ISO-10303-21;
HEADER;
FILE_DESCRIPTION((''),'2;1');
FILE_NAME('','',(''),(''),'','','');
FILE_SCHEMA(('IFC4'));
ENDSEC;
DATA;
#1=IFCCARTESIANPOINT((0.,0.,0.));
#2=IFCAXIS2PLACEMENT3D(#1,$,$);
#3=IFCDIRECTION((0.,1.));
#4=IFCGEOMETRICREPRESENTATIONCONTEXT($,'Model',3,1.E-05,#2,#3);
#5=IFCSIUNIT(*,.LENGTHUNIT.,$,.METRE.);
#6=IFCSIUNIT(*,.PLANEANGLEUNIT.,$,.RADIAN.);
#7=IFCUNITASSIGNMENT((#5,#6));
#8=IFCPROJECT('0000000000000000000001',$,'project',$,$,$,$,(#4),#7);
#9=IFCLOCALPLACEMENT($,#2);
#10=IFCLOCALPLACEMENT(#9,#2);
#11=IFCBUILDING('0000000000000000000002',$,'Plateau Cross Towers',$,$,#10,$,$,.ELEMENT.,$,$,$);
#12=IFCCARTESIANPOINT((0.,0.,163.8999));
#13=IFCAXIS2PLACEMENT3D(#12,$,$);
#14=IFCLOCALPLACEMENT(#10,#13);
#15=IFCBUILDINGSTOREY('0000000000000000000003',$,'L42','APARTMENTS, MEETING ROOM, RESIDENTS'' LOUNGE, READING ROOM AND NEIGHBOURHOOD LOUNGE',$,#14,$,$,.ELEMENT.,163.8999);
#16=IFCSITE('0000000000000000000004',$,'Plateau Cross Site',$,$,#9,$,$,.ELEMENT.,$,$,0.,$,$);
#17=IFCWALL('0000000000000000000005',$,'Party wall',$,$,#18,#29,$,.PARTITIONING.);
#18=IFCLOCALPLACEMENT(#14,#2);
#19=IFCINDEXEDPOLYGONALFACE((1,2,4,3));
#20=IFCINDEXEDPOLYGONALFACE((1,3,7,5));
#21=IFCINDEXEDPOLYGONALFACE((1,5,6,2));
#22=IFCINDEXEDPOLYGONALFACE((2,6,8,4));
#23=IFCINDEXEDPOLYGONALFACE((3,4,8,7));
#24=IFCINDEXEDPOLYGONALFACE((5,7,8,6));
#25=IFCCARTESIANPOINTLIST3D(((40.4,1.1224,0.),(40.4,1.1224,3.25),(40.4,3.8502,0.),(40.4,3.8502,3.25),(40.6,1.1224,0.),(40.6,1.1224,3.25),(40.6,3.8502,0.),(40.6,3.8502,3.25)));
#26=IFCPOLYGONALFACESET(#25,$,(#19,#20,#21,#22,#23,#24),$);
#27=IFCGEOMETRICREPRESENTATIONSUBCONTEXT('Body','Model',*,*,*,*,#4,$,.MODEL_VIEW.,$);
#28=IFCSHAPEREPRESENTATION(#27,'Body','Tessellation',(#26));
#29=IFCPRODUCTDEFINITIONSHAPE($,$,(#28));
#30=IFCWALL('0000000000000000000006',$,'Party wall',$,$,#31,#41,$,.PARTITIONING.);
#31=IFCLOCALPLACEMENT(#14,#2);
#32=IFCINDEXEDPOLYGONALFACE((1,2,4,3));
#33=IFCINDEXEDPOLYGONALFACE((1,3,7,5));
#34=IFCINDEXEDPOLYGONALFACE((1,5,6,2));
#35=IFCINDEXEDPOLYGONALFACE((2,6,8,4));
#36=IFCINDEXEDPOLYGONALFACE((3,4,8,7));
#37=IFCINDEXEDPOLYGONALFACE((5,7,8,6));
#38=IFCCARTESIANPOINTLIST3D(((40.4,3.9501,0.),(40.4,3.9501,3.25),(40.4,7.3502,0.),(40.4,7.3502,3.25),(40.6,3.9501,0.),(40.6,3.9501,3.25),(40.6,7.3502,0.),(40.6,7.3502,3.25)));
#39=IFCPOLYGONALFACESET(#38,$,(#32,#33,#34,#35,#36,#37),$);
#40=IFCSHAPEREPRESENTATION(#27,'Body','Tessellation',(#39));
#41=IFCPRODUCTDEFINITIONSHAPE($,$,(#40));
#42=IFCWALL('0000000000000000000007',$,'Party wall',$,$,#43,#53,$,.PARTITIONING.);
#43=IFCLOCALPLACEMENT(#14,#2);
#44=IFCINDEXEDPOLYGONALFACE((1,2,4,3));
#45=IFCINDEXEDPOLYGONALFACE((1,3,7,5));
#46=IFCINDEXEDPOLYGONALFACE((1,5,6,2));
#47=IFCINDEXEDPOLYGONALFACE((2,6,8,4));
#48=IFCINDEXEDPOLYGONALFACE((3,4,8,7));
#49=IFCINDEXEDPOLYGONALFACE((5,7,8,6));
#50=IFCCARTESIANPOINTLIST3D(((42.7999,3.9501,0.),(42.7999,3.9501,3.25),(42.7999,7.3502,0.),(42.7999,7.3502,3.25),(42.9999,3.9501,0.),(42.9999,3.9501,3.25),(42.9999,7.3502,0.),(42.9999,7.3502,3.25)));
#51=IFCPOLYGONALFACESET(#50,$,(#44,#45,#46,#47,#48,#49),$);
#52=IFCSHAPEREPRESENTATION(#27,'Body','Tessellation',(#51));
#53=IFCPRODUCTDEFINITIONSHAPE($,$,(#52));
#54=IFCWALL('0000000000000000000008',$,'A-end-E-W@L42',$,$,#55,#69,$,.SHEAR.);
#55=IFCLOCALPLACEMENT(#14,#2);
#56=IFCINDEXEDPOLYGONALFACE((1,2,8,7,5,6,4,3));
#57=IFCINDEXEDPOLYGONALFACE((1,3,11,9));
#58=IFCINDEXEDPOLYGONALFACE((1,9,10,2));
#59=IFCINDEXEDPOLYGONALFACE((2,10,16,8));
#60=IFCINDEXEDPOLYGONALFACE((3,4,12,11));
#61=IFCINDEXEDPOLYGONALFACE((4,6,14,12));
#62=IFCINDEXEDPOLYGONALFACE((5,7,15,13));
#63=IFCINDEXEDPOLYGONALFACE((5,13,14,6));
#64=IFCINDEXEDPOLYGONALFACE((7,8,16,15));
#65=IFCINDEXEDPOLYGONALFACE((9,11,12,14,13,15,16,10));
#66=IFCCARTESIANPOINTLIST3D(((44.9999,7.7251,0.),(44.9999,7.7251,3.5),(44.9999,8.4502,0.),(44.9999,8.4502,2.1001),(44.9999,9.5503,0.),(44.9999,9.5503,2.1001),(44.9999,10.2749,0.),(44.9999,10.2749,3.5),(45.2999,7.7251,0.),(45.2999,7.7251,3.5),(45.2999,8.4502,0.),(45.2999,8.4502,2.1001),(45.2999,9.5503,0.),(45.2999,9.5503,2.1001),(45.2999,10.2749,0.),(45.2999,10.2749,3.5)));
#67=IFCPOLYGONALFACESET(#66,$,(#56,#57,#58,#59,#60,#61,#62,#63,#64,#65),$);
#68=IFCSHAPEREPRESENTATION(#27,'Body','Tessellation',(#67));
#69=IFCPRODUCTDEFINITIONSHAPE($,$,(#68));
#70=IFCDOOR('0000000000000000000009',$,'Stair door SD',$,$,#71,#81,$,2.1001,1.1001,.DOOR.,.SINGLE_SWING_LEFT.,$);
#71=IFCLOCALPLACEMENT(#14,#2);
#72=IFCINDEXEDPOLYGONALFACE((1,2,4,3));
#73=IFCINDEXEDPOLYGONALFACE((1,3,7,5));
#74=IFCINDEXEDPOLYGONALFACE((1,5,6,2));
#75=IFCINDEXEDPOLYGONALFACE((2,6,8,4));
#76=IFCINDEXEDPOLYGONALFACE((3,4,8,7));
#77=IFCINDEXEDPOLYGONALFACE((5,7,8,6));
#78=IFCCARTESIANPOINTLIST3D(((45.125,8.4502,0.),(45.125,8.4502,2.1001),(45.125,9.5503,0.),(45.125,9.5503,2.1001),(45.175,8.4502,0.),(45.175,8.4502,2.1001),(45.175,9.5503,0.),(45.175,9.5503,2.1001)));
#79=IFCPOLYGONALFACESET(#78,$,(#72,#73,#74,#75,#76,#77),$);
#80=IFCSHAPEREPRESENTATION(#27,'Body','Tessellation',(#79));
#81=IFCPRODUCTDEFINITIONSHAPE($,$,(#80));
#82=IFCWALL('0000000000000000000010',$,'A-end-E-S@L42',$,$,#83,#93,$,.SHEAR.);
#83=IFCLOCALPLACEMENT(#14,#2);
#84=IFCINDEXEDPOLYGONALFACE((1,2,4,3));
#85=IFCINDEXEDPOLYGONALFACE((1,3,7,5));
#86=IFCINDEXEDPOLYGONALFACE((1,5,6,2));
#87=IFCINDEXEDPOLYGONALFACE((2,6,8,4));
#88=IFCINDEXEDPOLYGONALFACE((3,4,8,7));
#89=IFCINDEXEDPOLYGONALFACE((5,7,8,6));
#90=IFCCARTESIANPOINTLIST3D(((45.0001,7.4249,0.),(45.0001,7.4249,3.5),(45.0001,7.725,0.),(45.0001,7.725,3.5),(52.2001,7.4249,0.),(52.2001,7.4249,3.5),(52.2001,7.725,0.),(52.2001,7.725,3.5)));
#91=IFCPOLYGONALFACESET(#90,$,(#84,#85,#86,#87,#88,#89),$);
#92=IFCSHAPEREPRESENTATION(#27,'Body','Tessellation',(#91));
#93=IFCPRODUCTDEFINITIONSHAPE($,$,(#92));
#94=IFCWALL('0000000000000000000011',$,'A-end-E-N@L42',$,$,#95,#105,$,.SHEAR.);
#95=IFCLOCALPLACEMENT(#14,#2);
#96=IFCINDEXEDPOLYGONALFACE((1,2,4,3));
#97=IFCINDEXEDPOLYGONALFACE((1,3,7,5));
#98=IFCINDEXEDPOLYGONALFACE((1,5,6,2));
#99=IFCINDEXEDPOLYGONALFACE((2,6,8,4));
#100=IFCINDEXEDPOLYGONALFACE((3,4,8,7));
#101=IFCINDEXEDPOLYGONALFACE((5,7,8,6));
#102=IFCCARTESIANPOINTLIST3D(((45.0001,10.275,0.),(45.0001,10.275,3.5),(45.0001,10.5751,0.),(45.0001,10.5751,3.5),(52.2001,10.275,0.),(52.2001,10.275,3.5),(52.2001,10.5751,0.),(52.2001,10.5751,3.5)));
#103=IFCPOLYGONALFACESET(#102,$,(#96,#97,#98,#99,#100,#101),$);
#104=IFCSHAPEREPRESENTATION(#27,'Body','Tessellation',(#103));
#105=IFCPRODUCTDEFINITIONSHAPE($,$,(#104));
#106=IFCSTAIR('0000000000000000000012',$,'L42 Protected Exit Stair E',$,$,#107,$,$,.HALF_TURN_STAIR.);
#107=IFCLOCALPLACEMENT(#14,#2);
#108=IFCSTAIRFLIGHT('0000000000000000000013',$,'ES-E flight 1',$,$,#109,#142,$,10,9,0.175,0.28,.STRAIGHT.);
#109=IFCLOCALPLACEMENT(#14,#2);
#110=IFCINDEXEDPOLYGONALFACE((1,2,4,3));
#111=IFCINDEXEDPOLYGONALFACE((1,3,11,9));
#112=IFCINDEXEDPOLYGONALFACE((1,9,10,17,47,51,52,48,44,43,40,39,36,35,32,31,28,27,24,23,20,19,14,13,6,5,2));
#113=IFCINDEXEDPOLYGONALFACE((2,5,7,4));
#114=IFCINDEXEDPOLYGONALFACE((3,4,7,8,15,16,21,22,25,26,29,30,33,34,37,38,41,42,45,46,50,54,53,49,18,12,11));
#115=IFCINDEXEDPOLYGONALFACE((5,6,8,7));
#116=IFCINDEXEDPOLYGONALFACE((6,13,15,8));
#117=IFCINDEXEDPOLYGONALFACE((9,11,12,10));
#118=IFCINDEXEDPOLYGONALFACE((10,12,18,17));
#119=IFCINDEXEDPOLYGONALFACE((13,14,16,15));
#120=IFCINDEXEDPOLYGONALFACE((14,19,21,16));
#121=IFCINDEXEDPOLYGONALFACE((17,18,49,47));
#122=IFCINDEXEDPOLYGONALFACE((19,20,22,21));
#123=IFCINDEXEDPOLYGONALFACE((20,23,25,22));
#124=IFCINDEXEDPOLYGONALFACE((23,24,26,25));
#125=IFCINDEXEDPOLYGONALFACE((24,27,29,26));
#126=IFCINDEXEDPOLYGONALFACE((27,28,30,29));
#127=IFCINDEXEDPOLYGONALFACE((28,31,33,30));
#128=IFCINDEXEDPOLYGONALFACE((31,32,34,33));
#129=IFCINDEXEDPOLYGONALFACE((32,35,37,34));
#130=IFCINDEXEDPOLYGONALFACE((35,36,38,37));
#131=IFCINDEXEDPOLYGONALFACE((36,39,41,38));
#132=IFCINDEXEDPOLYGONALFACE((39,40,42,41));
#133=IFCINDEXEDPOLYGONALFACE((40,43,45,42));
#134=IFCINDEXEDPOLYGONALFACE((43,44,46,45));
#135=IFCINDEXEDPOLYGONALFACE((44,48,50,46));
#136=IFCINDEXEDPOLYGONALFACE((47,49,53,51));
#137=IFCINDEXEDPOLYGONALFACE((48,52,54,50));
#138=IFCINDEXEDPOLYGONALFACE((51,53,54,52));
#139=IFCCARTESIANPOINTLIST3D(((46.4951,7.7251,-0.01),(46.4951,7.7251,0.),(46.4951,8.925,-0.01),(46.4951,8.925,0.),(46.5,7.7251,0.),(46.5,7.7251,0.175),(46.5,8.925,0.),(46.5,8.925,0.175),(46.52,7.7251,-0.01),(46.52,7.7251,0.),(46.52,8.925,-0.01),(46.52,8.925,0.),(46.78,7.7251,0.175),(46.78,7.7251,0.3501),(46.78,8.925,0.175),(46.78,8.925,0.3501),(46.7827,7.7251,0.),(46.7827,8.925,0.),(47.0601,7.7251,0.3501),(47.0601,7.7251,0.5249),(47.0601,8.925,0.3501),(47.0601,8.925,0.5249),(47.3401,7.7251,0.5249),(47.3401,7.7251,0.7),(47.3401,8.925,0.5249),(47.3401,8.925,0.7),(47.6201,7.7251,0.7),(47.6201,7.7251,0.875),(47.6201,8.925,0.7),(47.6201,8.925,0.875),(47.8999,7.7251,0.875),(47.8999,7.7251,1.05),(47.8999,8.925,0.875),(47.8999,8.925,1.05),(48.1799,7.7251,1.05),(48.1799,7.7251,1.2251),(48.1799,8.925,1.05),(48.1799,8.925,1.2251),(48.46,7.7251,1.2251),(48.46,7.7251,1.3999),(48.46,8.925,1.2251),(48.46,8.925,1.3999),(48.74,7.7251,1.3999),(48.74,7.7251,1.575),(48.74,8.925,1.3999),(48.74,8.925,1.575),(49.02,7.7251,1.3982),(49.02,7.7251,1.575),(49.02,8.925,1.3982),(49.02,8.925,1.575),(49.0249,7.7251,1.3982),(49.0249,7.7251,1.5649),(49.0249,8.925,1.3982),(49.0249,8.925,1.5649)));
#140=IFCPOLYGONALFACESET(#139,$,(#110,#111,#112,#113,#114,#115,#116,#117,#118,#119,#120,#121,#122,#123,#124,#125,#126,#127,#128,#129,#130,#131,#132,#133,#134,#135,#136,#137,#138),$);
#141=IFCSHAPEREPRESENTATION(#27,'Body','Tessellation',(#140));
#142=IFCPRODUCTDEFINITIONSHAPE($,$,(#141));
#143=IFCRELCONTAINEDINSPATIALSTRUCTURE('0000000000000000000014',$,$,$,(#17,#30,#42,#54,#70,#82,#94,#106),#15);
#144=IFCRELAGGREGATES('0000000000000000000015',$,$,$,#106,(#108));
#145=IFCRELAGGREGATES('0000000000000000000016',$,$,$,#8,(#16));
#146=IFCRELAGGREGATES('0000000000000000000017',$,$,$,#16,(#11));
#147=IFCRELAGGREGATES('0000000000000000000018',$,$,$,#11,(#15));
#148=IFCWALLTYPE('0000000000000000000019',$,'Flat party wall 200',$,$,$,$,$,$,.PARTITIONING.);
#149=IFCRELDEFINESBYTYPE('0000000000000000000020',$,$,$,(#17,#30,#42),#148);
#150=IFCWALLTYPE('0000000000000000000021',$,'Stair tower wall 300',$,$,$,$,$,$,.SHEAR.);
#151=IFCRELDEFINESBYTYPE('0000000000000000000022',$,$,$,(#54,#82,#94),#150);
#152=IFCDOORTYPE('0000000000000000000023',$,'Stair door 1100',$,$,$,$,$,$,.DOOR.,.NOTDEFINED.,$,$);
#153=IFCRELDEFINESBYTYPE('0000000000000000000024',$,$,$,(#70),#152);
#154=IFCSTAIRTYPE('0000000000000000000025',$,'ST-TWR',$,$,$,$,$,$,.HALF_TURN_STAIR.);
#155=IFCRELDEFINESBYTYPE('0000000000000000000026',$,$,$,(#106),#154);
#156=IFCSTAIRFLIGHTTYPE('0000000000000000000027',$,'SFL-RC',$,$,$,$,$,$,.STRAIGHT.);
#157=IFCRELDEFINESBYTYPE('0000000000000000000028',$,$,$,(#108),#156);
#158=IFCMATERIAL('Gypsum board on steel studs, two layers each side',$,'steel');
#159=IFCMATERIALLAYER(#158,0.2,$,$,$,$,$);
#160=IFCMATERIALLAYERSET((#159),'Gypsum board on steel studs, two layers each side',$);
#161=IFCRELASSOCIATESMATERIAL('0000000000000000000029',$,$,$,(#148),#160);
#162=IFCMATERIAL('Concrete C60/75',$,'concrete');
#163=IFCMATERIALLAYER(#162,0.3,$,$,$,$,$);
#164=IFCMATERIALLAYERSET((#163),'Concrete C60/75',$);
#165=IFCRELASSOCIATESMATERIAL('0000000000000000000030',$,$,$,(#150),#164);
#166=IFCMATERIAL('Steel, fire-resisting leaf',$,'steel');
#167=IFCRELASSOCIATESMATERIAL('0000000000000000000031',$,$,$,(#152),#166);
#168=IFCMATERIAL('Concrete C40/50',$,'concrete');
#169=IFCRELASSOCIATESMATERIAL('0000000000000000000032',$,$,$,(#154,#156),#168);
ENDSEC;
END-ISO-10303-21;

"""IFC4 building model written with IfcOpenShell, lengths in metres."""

from ifc_helpers import new_model, si_unit, direction, frame, frame_2d, origin, place, context, subcontext, project, spatial, polyline, rectangle, outline, extrude, material, layer, layer_set, type_object, element, fill, aggregate, save


model = new_model("IFC4")

# Units and contexts
model_context = context("Model", 3, precision=1e-05, world=origin(), true_north=direction((0.0, 1.0)))
body_context = subcontext(model_context, "Body", "Model", "MODEL_VIEW")
ifc_project = project(units=[si_unit("LENGTHUNIT", "METRE"), si_unit("PLANEANGLEUNIT", "RADIAN")], contexts=[model_context])

# Site, building, storey
site_placement = place(None, origin())
site = spatial("IfcSite", under=ifc_project, at=site_placement, Name="Plateau Cross Site", CompositionType="ELEMENT", RefElevation=0.0)
building_placement = place(site_placement, origin())
building = spatial("IfcBuilding", under=site, at=building_placement, Name="Plateau Cross Towers", CompositionType="ELEMENT")
storey_placement = place(building_placement, frame((0.0, 0.0, 163.8999)))
storey = spatial("IfcBuildingStorey", under=building, at=storey_placement, Name="L42", Description="APARTMENTS, MEETING ROOM, RESIDENTS' LOUNGE, READING ROOM AND NEIGHBOURHOOD LOUNGE", CompositionType="ELEMENT", Elevation=163.8999)

# Walls
ifc_material_1 = material(Name="Gypsum board on steel studs, two layers each side", Category="steel")
ifc_layer_1 = layer(ifc_material_1, 0.2)
ifc_layer_set_1 = layer_set([ifc_layer_1], Name="Gypsum board on steel studs, two layers each side")
wall_type_1 = type_object("IfcWallType", Name="Flat party wall 200", PredefinedType="PARTITIONING", material=ifc_layer_set_1)
wall_1_placement = place(storey_placement, frame((40.5, 3.8501, 0.0), z_axis=(0.0, 0.0, 1.0), x_axis=(0.0, -1.0, 0.0)))
element("IfcWall", 1, at=wall_1_placement, inside=storey, type_object=wall_type_1, Name="Party wall", PredefinedType="PARTITIONING", context=body_context, shape_type="SweptSolid", body=[
    extrude(rectangle(XDim=2.7278, YDim=0.2, at=frame_2d((1.3638, 0.0))), origin(), (0.0, 0.0, 1.0), 3.25),
])
for number, where, z_axis, x_axis, name in (
    (2, (40.5, 3.95, 0.0), (0.0, 0.0, 1.0), (0.0, 1.0, 0.0), "Party wall"),
    (3, (42.8999, 3.95, 0.0), (0.0, 0.0, 1.0), (0.0, 1.0, 0.0), "Party wall"),
):
    element("IfcWall", number, at=place(storey_placement, frame(where, z_axis=z_axis, x_axis=x_axis)), inside=storey, type_object=wall_type_1, Name=name, PredefinedType="PARTITIONING", context=body_context, shape_type="SweptSolid", body=[
        extrude(rectangle(XDim=3.4001, YDim=0.2, at=frame_2d((1.7002, 0.0))), origin(), (0.0, 0.0, 1.0), 3.25),
    ])

# Wall, opening, door
ifc_material_2 = material(Name="Concrete C60/75", Category="concrete")
ifc_layer_2 = layer(ifc_material_2, 0.3)
ifc_layer_set_2 = layer_set([ifc_layer_2], Name="Concrete C60/75")
wall_type_2 = type_object("IfcWallType", Name="Stair tower wall 300", PredefinedType="SHEAR", material=ifc_layer_set_2)
wall_2_placement = place(storey_placement, frame((45.1499, 7.7251, 0.0), z_axis=(0.0, 0.0, 1.0), x_axis=(0.0, 1.0, 0.0)))
wall_2 = element("IfcWall", 4, at=wall_2_placement, inside=storey, type_object=wall_type_2, Name="A-end-E-W@L42", PredefinedType="SHEAR", context=body_context, shape_type="SweptSolid", body=[
    extrude(rectangle(XDim=2.5498, YDim=0.3, at=frame_2d((1.2749, 0.0))), origin(), (0.0, 0.0, 1.0), 3.5),
])
opening_1_placement = place(wall_2_placement, frame((0.7251, 0.0, 0.0)))
opening_1 = element("IfcOpeningElement", 5, at=opening_1_placement, cuts=wall_2, PredefinedType="OPENING", context=body_context, shape_type="SweptSolid", body=[
    extrude(rectangle(XDim=1.1001, YDim=2.1001, at=frame_2d((0.55, 1.05))), frame((0.0, 0.1599, 0.0), z_axis=(0.0, -1.0, 0.0), x_axis=(1.0, 0.0, 0.0)), (0.0, 0.0, 1.0), 0.3201),
])
ifc_material_3 = material(Name="Steel, fire-resisting leaf", Category="steel")
door_type_1 = type_object("IfcDoorType", Name="Stair door 1100", OperationType="NOTDEFINED", PredefinedType="DOOR", material=ifc_material_3)
door_1_placement = place(opening_1_placement, origin())
door_1 = element("IfcDoor", 6, at=door_1_placement, inside=storey, type_object=door_type_1, Name="Stair door SD", OperationType="SINGLE_SWING_LEFT", OverallHeight=2.1001, OverallWidth=1.1001, PredefinedType="DOOR", context=body_context, shape_type="SweptSolid", body=[
    extrude(rectangle(XDim=1.1001, YDim=2.1001, at=frame_2d((0.55, 1.05))), frame((0.0, 0.0249, 0.0), z_axis=(0.0, -1.0, 0.0), x_axis=(1.0, 0.0, 0.0)), (0.0, 0.0, 1.0), 0.05),
])
fill(opening_1, door_1)

# Walls
for number, where, z_axis, x_axis, name in (
    (7, (45.0, 7.575, 0.0), (0.0, 0.0, 1.0), (1.0, 0.0, 0.0), "A-end-E-S@L42"),
    (8, (45.0, 10.425, 0.0), (0.0, 0.0, 1.0), (1.0, 0.0, 0.0), "A-end-E-N@L42"),
):
    element("IfcWall", number, at=place(storey_placement, frame(where, z_axis=z_axis, x_axis=x_axis)), inside=storey, type_object=wall_type_2, Name=name, PredefinedType="SHEAR", context=body_context, shape_type="SweptSolid", body=[
        extrude(rectangle(XDim=7.2, YDim=0.3, at=frame_2d((3.6001, 0.0))), origin(), (0.0, 0.0, 1.0), 3.5),
    ])

# Stair, stair flight
ifc_material_4 = material(Name="Concrete C40/50", Category="concrete")
stair_type = type_object("IfcStairType", Name="ST-TWR", PredefinedType="HALF_TURN_STAIR", material=ifc_material_4)
stair_placement = place(storey_placement, origin())
stair = element("IfcStair", 9, at=stair_placement, inside=storey, type_object=stair_type, Name="L42 Protected Exit Stair E", PredefinedType="HALF_TURN_STAIR")
stair_flight_type = type_object("IfcStairFlightType", Name="SFL-RC", PredefinedType="STRAIGHT", material=ifc_material_4)
stair_flight_placement = place(storey_placement, frame((46.5, 8.325, 0.0), z_axis=(0.0, 0.0, 1.0), x_axis=(1.0, 0.0, 0.0)))
stair_flight = element("IfcStairFlight", 10, at=stair_flight_placement, type_object=stair_flight_type, Name="ES-E flight 1", NumberOfRisers=10, NumberOfTreads=9, PredefinedType="STRAIGHT", RiserHeight=0.175, TreadLength=0.28, context=body_context, shape_type="SweptSolid", body=[
    extrude(outline(polyline([(-0.0049, -0.01), (-0.0049, 0.0), (0.0, 0.0), (0.0, 0.175), (0.28, 0.175), (0.28, 0.3501), (0.5601, 0.3501), (0.5601, 0.5249), (0.8401, 0.5249), (0.8401, 0.7), (1.1201, 0.7), (1.1201, 0.875), (1.3999, 0.875), (1.3999, 1.05), (1.6799, 1.05), (1.6799, 1.2251), (1.96, 1.2251), (1.96, 1.3999), (2.24, 1.3999), (2.24, 1.575), (2.52, 1.575), (2.5249, 1.5649), (2.5249, 1.3982), (2.52, 1.3982), (0.2827, 0.0), (0.02, 0.0), (0.02, -0.01), (-0.0049, -0.01)])), frame((0.0, 0.6001, 0.0), z_axis=(0.0, -1.0, 0.0), x_axis=(1.0, 0.0, 0.0)), (0.0, 0.0, 1.0), 1.2),
])
aggregate(stair, [stair_flight])

save(model, "model.ifc")
